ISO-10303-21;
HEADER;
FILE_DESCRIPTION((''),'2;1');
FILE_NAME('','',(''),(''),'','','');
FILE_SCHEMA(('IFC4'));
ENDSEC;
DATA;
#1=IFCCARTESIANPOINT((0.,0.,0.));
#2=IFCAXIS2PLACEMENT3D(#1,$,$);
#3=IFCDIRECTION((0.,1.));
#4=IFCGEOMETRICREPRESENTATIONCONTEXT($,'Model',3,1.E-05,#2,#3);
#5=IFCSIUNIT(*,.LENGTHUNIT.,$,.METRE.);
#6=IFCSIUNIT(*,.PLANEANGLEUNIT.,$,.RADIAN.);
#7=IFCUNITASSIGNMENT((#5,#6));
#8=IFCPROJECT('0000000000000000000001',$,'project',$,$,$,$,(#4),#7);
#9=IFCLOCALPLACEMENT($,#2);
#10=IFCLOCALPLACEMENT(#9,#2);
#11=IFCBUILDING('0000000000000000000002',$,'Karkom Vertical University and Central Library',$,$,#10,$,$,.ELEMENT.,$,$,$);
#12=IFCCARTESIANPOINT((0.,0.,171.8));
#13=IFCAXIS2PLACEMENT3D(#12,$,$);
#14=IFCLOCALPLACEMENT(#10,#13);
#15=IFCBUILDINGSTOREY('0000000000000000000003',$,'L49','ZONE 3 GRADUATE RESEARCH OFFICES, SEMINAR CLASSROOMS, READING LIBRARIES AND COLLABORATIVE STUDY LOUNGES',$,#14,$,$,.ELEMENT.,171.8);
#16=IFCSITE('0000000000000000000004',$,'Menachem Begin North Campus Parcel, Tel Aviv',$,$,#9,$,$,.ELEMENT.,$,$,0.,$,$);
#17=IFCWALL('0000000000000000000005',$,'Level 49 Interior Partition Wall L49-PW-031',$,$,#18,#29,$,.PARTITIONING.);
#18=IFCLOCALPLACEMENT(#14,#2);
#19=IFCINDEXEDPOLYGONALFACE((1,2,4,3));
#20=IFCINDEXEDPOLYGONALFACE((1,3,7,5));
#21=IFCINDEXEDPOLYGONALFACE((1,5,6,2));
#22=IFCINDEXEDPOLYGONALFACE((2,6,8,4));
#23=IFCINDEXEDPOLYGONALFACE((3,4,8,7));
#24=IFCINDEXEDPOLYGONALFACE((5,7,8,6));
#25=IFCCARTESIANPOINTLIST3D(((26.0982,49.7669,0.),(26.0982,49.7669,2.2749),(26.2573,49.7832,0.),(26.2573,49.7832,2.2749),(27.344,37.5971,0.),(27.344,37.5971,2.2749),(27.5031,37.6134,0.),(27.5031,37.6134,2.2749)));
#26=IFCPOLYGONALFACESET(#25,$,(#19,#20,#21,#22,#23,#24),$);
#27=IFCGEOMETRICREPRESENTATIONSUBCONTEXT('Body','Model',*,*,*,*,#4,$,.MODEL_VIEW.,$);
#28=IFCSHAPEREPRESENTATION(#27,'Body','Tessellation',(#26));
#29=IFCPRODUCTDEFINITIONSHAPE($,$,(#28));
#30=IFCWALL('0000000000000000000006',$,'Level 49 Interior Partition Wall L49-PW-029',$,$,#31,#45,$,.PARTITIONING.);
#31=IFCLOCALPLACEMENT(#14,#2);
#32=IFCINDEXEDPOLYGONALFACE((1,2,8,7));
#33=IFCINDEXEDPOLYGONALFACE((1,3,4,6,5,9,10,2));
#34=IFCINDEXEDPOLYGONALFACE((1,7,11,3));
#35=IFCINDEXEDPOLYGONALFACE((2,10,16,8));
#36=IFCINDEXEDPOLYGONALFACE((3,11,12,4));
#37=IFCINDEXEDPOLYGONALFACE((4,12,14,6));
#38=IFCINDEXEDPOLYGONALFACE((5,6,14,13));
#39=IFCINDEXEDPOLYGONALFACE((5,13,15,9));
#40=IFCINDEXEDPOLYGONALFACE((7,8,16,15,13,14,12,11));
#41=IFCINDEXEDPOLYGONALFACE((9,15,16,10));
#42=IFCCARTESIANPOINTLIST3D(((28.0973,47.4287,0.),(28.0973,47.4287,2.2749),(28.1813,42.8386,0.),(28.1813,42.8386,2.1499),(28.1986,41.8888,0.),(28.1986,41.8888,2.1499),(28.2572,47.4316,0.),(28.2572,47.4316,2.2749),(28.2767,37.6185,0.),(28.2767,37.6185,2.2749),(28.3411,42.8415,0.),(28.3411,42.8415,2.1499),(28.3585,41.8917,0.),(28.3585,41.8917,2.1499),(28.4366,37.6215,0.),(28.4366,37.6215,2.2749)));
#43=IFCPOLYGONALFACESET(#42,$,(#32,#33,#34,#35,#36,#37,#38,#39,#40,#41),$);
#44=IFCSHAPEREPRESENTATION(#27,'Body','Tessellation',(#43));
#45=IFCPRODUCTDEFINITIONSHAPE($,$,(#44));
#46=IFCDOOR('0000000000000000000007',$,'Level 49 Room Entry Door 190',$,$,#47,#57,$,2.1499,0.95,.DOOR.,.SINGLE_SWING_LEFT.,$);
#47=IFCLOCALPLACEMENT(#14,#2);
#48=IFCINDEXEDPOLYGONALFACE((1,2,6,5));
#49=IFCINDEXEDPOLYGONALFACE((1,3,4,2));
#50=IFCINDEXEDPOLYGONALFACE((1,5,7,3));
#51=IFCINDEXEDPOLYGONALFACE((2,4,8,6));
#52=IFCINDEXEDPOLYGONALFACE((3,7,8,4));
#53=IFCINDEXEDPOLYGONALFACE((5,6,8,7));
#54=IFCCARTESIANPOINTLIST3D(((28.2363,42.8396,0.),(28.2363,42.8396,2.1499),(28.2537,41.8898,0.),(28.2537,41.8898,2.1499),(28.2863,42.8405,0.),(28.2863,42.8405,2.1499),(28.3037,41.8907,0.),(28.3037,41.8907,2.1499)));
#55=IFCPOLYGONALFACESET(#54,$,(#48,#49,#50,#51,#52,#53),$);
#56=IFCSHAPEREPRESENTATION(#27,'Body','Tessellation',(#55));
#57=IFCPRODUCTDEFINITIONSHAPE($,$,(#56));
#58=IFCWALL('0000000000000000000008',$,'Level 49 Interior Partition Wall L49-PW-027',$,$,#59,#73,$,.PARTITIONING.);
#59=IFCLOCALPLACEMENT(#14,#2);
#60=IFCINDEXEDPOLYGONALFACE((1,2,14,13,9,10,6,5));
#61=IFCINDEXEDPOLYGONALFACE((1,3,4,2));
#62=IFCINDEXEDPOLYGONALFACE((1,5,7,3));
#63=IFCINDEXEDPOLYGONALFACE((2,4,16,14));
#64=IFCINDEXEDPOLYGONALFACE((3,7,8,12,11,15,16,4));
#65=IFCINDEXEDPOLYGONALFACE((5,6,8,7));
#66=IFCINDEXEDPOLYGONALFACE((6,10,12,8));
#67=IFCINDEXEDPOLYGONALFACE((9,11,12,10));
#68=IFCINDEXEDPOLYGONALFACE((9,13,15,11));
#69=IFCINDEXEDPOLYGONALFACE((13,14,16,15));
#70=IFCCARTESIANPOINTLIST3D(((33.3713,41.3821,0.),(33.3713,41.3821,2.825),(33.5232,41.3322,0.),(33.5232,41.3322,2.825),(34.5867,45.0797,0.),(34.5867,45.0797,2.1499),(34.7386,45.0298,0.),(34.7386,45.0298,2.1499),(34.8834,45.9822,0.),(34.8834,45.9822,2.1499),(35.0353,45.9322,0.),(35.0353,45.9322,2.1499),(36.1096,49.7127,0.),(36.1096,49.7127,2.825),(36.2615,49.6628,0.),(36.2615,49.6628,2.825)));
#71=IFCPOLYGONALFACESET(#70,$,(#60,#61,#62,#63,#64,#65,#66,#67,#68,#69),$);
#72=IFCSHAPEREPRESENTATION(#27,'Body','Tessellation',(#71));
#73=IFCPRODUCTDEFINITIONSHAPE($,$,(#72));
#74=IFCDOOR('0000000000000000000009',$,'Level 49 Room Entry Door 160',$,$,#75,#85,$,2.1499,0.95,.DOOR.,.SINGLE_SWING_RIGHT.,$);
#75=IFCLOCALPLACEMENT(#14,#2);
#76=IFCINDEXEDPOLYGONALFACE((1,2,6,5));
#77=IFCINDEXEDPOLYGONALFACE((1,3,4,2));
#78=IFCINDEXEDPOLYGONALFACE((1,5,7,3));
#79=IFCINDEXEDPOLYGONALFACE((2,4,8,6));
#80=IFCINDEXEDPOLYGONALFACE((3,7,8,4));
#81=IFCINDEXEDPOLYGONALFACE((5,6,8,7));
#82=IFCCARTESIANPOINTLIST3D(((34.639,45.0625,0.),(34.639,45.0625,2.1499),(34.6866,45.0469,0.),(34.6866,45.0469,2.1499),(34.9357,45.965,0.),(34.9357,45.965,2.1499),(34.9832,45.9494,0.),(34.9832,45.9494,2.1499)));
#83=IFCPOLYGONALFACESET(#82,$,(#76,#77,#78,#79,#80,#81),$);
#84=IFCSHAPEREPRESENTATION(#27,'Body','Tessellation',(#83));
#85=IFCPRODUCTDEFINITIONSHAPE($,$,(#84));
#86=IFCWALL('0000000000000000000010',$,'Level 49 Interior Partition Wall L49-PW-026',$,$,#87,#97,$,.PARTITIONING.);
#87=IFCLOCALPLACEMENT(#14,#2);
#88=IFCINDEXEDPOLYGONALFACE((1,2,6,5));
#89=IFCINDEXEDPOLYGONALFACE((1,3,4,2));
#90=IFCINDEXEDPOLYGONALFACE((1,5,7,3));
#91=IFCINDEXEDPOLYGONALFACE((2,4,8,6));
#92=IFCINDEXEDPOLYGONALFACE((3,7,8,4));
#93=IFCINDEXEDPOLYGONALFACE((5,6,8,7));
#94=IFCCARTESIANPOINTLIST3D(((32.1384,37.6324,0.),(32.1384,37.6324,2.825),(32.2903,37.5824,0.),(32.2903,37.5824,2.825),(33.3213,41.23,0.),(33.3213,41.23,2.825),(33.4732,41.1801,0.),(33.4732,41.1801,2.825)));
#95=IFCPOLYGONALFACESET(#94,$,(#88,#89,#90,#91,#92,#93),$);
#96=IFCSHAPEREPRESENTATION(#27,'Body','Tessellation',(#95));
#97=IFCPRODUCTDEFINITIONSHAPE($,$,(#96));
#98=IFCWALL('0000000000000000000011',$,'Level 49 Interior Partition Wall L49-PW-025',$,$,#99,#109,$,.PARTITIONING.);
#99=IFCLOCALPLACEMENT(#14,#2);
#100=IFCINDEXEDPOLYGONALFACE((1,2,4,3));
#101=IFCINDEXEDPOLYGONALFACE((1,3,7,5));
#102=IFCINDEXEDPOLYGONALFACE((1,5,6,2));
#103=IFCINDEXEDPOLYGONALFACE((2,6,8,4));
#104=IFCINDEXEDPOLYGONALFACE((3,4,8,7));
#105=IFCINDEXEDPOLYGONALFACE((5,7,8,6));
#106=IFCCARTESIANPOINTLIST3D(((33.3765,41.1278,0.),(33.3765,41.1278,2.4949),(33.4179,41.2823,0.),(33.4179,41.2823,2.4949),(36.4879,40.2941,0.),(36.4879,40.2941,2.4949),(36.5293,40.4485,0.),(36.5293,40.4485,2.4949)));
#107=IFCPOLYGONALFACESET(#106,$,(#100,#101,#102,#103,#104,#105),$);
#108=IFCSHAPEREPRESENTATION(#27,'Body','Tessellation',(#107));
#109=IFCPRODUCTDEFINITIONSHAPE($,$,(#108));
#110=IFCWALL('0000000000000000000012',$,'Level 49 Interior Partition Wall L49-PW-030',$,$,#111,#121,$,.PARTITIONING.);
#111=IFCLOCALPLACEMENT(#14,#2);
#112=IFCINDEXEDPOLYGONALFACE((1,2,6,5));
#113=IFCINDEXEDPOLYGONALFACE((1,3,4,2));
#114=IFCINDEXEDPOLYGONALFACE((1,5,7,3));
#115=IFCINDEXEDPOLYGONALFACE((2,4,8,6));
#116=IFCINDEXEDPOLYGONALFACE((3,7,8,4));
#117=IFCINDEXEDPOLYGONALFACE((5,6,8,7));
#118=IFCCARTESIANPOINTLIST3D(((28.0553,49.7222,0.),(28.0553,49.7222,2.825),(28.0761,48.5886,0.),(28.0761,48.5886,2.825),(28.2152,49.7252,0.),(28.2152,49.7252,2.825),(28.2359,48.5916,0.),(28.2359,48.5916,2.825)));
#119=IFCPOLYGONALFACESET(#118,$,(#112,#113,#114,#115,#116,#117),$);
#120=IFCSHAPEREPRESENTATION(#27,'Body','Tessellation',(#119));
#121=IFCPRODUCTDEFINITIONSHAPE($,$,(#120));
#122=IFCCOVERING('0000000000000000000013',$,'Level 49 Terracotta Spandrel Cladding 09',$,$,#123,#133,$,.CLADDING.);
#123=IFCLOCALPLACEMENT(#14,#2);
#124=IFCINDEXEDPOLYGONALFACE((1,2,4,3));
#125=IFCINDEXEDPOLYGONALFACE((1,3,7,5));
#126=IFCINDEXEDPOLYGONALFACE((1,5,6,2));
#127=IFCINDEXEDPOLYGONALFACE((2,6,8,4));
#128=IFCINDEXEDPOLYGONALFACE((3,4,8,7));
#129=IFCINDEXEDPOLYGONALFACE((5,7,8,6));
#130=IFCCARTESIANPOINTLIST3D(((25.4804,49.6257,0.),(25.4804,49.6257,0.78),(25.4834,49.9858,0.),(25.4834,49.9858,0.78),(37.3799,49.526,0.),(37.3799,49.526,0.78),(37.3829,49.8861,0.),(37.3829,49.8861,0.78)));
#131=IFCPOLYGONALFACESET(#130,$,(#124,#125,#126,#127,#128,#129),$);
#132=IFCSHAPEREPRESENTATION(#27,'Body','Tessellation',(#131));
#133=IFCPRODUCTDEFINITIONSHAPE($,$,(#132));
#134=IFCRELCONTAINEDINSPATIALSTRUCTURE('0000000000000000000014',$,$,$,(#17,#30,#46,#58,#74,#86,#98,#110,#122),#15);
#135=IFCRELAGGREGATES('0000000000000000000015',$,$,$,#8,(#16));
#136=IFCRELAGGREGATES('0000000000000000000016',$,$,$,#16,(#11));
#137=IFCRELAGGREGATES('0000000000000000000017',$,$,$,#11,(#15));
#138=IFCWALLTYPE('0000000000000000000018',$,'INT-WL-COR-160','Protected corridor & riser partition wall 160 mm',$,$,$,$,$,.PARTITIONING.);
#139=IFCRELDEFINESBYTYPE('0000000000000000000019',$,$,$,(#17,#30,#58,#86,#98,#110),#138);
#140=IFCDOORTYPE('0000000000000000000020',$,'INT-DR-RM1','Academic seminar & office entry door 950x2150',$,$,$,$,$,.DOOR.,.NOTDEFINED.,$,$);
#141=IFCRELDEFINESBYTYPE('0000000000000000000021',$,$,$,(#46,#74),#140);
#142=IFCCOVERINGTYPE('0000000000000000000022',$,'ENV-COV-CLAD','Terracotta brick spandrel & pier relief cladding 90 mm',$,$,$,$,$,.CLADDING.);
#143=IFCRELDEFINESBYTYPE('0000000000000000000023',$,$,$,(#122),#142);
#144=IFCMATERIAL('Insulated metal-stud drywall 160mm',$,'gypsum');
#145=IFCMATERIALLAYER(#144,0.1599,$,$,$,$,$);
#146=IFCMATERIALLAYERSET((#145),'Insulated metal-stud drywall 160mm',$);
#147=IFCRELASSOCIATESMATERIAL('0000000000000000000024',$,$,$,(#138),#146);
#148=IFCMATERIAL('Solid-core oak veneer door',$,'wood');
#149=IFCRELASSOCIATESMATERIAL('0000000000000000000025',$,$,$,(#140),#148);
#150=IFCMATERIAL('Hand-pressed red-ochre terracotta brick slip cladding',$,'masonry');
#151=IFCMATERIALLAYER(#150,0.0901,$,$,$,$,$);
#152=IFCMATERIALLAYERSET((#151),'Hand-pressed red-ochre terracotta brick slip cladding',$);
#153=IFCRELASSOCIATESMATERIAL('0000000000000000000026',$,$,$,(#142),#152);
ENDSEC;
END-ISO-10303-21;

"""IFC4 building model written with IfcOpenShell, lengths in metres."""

from ifc_helpers import new_model, si_unit, direction, frame, frame_2d, origin, origin_with_axes, origin_2d, place, context, subcontext, project, spatial, rectangle, extrude, source, transform, mapped, material, layer, layer_set, type_object, element, fill, save


model = new_model("IFC4")

# Units and contexts
model_context = context("Model", 3, precision=1e-05, world=origin(), true_north=direction((0.0, 1.0)))
body_context = subcontext(model_context, "Body", "Model", "MODEL_VIEW")
ifc_project = project(units=[si_unit("LENGTHUNIT", "METRE"), si_unit("PLANEANGLEUNIT", "RADIAN")], contexts=[model_context])

# Site, building, storey
site_placement = place(None, origin())
site = spatial("IfcSite", under=ifc_project, at=site_placement, Name="Menachem Begin North Campus Parcel, Tel Aviv", CompositionType="ELEMENT", RefElevation=0.0)
building_placement = place(site_placement, origin())
building = spatial("IfcBuilding", under=site, at=building_placement, Name="Karkom Vertical University and Central Library", CompositionType="ELEMENT")
storey_placement = place(building_placement, frame((0.0, 0.0, 171.8)))
storey = spatial("IfcBuildingStorey", under=building, at=storey_placement, Name="L49", Description="ZONE 3 GRADUATE RESEARCH OFFICES, SEMINAR CLASSROOMS, READING LIBRARIES AND COLLABORATIVE STUDY LOUNGES", CompositionType="ELEMENT", Elevation=171.8)

# Wall
ifc_material_1 = material(Name="Insulated metal-stud drywall 160mm", Category="gypsum")
ifc_layer_1 = layer(ifc_material_1, 0.1599)
ifc_layer_set_1 = layer_set([ifc_layer_1], Name="Insulated metal-stud drywall 160mm")
wall_type = type_object("IfcWallType", Name="INT-WL-COR-160", Description="Protected corridor & riser partition wall 160 mm", PredefinedType="PARTITIONING", material=ifc_layer_set_1)
wall_1_placement = place(storey_placement, frame((27.4236, 37.6052, 0.0), z_axis=(0.0, 0.0, 1.0), x_axis=(-0.101841, 0.994801, 0.0)))
element("IfcWall", 1, at=wall_1_placement, inside=storey, type_object=wall_type, Name="Level 49 Interior Partition Wall L49-PW-031", PredefinedType="PARTITIONING", context=body_context, shape_type="SweptSolid", body=[
    extrude(rectangle(XDim=12.2334, YDim=0.1599, at=frame_2d((6.1167, 0.0))), origin(), (0.0, 0.0, 1.0), 2.2749),
])

# Walls, openings, doors
wall_2_placement = place(storey_placement, frame((28.3567, 37.6201, 0.0), z_axis=(0.0, 0.0, 1.0), x_axis=(-0.018289, 0.999833, 0.0)))
wall_2 = element("IfcWall", 2, at=wall_2_placement, inside=storey, type_object=wall_type, Name="Level 49 Interior Partition Wall L49-PW-029", PredefinedType="PARTITIONING", context=body_context, shape_type="SweptSolid", body=[
    extrude(rectangle(XDim=9.8118, YDim=0.1599, at=frame_2d((4.9058, 0.0))), origin(), (0.0, 0.0, 1.0), 2.2749),
])
opening_1_placement = place(wall_2_placement, frame((4.2708, 0.0, 0.0)))
opening_1 = element("IfcOpeningElement", 3, at=opening_1_placement, cuts=wall_2, PredefinedType="OPENING", context=body_context, shape_type="SweptSolid", body=[
    extrude(rectangle(XDim=0.95, YDim=2.1499, at=frame_2d((0.4751, 1.075))), frame((0.0, 0.0898, 0.0), z_axis=(0.0, -1.0, 0.0), x_axis=(1.0, 0.0, 0.0)), (0.0, 0.0, 1.0), 0.1799),
])
ifc_material_2 = material(Name="Solid-core oak veneer door", Category="wood")
door_type = type_object("IfcDoorType", Name="INT-DR-RM1", Description="Academic seminar & office entry door 950x2150", OperationType="NOTDEFINED", PredefinedType="DOOR", material=ifc_material_2)
shared_shape_1 = source(origin_with_axes(), body_context, "Body", "SweptSolid", [
    extrude(rectangle(XDim=0.95, YDim=2.1499, at=frame_2d((0.4751, 1.075))), frame((0.0, 0.0249, 0.0), z_axis=(0.0, -1.0, 0.0), x_axis=(1.0, 0.0, 0.0)), (0.0, 0.0, 1.0), 0.05),
])
door_1_placement = place(opening_1_placement, origin())
door_1 = element("IfcDoor", 4, at=door_1_placement, inside=storey, type_object=door_type, Name="Level 49 Room Entry Door 190", OperationType="SINGLE_SWING_LEFT", OverallHeight=2.1499, OverallWidth=0.95, PredefinedType="DOOR", context=body_context, shape_type="MappedRepresentation", body=[
    mapped(shared_shape_1, transform((0.0, 0.0, 0.0), scale=1.0)),
])
fill(opening_1, door_1)
wall_3_placement = place(storey_placement, frame((33.4473, 41.3572, 0.0), z_axis=(0.0, 0.0, 1.0), x_axis=(0.312266, 0.949995, 0.0)))
wall_3 = element("IfcWall", 5, at=wall_3_placement, inside=storey, type_object=wall_type, Name="Level 49 Interior Partition Wall L49-PW-027", PredefinedType="PARTITIONING", context=body_context, shape_type="SweptSolid", body=[
    extrude(rectangle(XDim=8.769, YDim=0.1599, at=frame_2d((4.3845, 0.0))), origin(), (0.0, 0.0, 1.0), 2.825),
])
opening_2_placement = place(wall_3_placement, frame((3.8921, 0.0, 0.0)))
opening_2 = element("IfcOpeningElement", 6, at=opening_2_placement, cuts=wall_3, PredefinedType="OPENING", context=body_context, shape_type="SweptSolid", body=[
    extrude(rectangle(XDim=0.95, YDim=2.1499, at=frame_2d((0.4751, 1.075))), frame((0.0, 0.0898, 0.0), z_axis=(0.0, -1.0, 0.0), x_axis=(1.0, 0.0, 0.0)), (0.0, 0.0, 1.0), 0.1799),
])
door_2_placement = place(opening_2_placement, origin())
door_2 = element("IfcDoor", 7, at=door_2_placement, inside=storey, type_object=door_type, Name="Level 49 Room Entry Door 160", OperationType="SINGLE_SWING_RIGHT", OverallHeight=2.1499, OverallWidth=0.95, PredefinedType="DOOR", context=body_context, shape_type="MappedRepresentation", body=[
    mapped(shared_shape_1, transform((0.0, 0.0, 0.0), scale=1.0)),
])
fill(opening_2, door_2)

# Walls
wall_4_placement = place(storey_placement, frame((32.2144, 37.6074, 0.0), z_axis=(0.0, 0.0, 1.0), x_axis=(0.312338, 0.949971, 0.0)))
element("IfcWall", 8, at=wall_4_placement, inside=storey, type_object=wall_type, Name="Level 49 Interior Partition Wall L49-PW-026", PredefinedType="PARTITIONING", context=body_context, shape_type="SweptSolid", body=[
    extrude(rectangle(XDim=3.7871, YDim=0.1599, at=frame_2d((1.8936, 0.0))), origin(), (0.0, 0.0, 1.0), 2.825),
])
wall_5_placement = place(storey_placement, frame((33.3972, 41.2051, 0.0), z_axis=(0.0, 0.0, 1.0), x_axis=(0.965921, -0.258837, 0.0)))
element("IfcWall", 9, at=wall_5_placement, inside=storey, type_object=wall_type, Name="Level 49 Interior Partition Wall L49-PW-025", PredefinedType="PARTITIONING", context=body_context, shape_type="SweptSolid", body=[
    extrude(rectangle(XDim=3.2212, YDim=0.1599, at=frame_2d((1.6106, 0.0))), origin(), (0.0, 0.0, 1.0), 2.4949),
])
wall_6_placement = place(storey_placement, frame((28.156, 48.5901, 0.0), z_axis=(0.0, 0.0, 1.0), x_axis=(-0.018304, 0.999832, 0.0)))
element("IfcWall", 10, at=wall_6_placement, inside=storey, type_object=wall_type, Name="Level 49 Interior Partition Wall L49-PW-030", PredefinedType="PARTITIONING", context=body_context, shape_type="SweptSolid", body=[
    extrude(rectangle(XDim=1.1338, YDim=0.1599, at=frame_2d((0.5669, 0.0))), origin(), (0.0, 0.0, 1.0), 2.825),
])

# Covering
ifc_material_3 = material(Name="Hand-pressed red-ochre terracotta brick slip cladding", Category="masonry")
ifc_layer_2 = layer(ifc_material_3, 0.0901)
ifc_layer_set_2 = layer_set([ifc_layer_2], Name="Hand-pressed red-ochre terracotta brick slip cladding")
covering_type = type_object("IfcCoveringType", Name="ENV-COV-CLAD", Description="Terracotta brick spandrel & pier relief cladding 90 mm", PredefinedType="CLADDING", material=ifc_layer_set_2)
shared_shape_2 = source(origin_with_axes(), body_context, "Body", "SweptSolid", [
    extrude(rectangle(XDim=11.8999, YDim=0.3601, at=origin_2d()), origin(), (0.0, 0.0, 1.0), 0.78),
])
covering_placement = place(storey_placement, frame((31.4316, 49.7559, 0.0), z_axis=(0.0, 0.0, 1.0), x_axis=(-0.999965, 0.008377, 0.0)))
element("IfcCovering", 11, at=covering_placement, inside=storey, type_object=covering_type, Name="Level 49 Terracotta Spandrel Cladding 09", PredefinedType="CLADDING", context=body_context, shape_type="MappedRepresentation", body=[
    mapped(shared_shape_2, transform((0.0, 0.0, 0.0), scale=1.0)),
])

save(model, "model.ifc")
